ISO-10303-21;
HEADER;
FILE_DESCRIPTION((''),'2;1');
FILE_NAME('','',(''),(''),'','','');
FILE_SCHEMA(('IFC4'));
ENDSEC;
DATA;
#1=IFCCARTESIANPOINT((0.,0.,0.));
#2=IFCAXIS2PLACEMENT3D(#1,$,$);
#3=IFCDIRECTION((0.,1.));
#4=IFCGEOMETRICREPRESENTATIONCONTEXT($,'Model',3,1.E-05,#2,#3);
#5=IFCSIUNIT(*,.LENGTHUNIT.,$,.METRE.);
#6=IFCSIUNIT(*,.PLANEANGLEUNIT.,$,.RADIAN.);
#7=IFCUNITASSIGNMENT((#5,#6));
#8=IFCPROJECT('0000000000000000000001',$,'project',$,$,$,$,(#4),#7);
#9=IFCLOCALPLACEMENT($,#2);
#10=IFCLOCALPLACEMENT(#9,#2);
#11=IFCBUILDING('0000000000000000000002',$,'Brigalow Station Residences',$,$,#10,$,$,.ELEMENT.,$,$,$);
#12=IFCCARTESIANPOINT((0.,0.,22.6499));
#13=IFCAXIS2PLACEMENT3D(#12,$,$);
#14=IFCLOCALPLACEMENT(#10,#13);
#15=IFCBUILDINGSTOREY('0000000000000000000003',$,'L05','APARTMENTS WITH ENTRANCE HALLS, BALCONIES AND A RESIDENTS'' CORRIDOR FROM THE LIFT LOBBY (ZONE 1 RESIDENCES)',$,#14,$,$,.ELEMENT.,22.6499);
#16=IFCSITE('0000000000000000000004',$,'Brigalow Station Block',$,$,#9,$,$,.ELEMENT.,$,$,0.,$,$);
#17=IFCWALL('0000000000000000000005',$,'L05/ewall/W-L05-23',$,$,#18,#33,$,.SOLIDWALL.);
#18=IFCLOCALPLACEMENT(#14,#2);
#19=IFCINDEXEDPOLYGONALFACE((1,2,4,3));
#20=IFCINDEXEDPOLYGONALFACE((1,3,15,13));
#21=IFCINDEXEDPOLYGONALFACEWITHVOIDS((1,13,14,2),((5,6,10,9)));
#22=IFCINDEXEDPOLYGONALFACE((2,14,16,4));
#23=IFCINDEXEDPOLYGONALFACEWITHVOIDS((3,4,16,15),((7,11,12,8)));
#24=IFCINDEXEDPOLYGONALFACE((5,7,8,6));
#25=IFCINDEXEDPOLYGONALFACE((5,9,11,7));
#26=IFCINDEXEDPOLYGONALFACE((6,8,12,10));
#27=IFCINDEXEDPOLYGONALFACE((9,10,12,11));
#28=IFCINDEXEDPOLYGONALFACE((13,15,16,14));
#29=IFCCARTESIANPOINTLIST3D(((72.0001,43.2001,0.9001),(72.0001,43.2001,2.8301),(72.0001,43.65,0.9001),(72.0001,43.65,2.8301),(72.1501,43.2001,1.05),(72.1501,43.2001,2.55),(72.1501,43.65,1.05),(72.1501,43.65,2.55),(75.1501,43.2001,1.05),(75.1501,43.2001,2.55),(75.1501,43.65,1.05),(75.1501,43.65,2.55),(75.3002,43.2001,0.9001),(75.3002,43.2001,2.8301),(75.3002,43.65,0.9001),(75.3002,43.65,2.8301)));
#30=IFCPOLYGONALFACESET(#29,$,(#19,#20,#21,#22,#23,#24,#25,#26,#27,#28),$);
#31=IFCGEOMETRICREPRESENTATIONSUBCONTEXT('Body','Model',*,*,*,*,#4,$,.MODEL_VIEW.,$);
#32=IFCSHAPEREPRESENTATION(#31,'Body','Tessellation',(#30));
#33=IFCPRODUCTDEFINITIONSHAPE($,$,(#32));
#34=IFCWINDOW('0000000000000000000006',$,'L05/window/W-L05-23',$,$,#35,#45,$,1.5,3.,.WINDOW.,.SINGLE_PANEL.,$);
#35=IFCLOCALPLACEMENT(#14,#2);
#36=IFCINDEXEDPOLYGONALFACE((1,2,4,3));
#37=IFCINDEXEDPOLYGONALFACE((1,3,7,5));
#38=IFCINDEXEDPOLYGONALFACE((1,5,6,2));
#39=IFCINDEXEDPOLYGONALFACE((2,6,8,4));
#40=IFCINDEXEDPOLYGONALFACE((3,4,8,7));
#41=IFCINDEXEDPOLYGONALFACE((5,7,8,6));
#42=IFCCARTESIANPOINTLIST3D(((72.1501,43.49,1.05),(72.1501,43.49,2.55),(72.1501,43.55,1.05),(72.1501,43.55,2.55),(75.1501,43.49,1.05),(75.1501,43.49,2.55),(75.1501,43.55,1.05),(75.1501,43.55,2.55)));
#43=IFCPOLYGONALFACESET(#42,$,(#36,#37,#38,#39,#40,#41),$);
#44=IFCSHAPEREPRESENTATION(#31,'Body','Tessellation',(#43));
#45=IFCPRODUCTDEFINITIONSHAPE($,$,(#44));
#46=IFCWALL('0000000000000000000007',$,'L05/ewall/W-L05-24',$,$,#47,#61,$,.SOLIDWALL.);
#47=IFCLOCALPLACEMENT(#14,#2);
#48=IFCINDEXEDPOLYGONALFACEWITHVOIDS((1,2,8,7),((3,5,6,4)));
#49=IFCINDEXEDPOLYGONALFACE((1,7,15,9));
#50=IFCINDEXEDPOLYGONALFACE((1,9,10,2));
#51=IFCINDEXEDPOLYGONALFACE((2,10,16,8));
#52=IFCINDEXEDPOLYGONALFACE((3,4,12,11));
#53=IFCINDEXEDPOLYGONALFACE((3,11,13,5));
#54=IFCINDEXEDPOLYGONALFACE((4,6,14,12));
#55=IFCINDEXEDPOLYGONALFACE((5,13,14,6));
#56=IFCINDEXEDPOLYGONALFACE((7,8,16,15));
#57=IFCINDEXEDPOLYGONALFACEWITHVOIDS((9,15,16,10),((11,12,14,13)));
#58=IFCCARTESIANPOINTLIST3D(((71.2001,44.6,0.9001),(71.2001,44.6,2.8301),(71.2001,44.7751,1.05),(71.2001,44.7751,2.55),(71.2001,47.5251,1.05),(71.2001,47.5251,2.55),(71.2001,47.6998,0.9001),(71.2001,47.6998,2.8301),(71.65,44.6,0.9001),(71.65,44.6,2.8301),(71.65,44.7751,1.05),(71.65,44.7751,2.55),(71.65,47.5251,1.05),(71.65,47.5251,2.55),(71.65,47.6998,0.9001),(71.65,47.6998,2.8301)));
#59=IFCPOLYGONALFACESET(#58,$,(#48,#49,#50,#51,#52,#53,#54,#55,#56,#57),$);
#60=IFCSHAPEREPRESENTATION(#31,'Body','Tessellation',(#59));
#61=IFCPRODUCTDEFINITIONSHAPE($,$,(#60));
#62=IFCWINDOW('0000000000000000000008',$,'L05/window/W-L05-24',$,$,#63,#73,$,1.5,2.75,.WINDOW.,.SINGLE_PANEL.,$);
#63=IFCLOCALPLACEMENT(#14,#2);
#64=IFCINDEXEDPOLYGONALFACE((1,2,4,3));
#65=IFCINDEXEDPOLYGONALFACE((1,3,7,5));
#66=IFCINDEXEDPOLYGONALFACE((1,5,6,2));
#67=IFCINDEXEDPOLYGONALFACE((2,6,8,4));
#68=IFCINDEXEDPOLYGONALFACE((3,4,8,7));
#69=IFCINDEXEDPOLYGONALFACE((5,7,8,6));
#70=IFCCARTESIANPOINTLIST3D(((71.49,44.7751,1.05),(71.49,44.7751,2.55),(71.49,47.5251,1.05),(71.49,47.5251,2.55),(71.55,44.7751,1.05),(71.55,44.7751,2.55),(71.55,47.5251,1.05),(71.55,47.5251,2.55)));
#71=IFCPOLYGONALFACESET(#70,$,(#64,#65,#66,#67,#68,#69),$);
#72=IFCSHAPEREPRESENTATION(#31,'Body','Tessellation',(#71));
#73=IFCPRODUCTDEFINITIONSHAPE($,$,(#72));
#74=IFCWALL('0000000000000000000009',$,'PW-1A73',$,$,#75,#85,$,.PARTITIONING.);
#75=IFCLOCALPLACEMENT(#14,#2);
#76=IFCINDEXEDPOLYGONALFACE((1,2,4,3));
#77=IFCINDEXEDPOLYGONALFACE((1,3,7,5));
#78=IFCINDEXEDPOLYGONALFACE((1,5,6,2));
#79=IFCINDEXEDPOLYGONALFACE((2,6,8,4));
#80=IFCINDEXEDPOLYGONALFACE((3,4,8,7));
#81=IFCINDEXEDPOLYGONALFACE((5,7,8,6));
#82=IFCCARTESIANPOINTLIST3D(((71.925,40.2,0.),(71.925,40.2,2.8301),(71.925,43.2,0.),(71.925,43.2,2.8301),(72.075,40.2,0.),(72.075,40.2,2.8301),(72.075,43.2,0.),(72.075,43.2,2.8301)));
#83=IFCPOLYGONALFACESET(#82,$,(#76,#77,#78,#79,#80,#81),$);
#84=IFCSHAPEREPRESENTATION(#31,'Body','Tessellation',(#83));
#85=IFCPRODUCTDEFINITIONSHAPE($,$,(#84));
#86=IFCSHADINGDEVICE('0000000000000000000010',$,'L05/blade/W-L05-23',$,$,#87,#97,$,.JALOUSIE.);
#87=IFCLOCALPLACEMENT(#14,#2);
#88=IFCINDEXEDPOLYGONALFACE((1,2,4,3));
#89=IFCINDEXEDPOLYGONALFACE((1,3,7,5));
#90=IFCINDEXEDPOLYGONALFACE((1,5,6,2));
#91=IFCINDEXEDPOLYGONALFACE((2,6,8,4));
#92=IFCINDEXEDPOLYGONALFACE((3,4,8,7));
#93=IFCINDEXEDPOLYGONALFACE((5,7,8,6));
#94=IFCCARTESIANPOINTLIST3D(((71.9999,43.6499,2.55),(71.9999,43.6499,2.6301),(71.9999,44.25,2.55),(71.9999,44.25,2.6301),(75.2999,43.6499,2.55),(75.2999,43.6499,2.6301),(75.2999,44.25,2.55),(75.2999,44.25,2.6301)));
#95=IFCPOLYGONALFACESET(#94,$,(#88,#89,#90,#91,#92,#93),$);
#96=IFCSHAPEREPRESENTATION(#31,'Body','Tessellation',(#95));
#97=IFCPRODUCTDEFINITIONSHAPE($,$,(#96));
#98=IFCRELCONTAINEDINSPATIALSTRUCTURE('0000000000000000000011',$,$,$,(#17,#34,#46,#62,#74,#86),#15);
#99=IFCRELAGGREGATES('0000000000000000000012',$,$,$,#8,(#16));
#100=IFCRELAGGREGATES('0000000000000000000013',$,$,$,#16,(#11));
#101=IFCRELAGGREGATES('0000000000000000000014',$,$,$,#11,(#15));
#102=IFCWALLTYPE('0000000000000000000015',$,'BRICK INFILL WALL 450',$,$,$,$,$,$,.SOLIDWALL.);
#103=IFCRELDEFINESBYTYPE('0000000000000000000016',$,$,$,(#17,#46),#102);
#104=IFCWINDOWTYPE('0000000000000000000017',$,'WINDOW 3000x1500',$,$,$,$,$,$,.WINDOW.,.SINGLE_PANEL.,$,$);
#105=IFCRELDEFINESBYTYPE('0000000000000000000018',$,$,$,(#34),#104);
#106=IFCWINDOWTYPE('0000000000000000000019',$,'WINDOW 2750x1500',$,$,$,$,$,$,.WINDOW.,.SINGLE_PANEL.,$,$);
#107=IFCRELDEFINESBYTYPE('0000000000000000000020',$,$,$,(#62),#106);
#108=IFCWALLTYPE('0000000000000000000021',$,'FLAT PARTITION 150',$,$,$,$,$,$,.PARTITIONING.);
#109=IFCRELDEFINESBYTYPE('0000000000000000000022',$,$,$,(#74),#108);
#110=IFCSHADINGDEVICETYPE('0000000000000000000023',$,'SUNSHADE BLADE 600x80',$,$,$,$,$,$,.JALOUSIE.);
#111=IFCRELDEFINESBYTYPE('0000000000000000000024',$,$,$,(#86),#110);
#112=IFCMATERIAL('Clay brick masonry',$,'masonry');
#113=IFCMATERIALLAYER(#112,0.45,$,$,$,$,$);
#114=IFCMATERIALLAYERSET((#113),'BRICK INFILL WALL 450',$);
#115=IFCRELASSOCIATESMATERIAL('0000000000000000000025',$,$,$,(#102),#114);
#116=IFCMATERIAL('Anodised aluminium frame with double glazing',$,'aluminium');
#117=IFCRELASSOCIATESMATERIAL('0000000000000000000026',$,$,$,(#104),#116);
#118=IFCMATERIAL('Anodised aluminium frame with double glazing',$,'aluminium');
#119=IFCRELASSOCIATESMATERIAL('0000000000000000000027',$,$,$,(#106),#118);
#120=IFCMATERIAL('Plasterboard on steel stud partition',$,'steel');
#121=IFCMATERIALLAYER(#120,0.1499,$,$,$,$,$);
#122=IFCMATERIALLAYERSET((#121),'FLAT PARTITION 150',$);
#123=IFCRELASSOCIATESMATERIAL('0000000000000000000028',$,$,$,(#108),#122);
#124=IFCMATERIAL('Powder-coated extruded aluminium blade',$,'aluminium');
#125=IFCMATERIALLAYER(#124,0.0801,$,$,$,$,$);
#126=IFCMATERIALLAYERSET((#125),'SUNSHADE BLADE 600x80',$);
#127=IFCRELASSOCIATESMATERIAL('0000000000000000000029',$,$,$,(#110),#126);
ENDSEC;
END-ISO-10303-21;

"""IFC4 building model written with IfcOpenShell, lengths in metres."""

from ifc_helpers import new_model, si_unit, direction, frame, frame_2d, origin, origin_2d, place, context, subcontext, project, spatial, rectangle, extrude, material, layer, layer_set, type_object, element, fill, save


model = new_model("IFC4")

# Units and contexts
model_context = context("Model", 3, precision=1e-05, world=origin(), true_north=direction((0.0, 1.0)))
body_context = subcontext(model_context, "Body", "Model", "MODEL_VIEW")
ifc_project = project(units=[si_unit("LENGTHUNIT", "METRE"), si_unit("PLANEANGLEUNIT", "RADIAN")], contexts=[model_context])

# Site, building, storey
site_placement = place(None, origin())
site = spatial("IfcSite", under=ifc_project, at=site_placement, Name="Brigalow Station Block", CompositionType="ELEMENT", RefElevation=0.0)
building_placement = place(site_placement, origin())
building = spatial("IfcBuilding", under=site, at=building_placement, Name="Brigalow Station Residences", CompositionType="ELEMENT")
storey_placement = place(building_placement, frame((0.0, 0.0, 22.6499)))
storey = spatial("IfcBuildingStorey", under=building, at=storey_placement, Name="L05", Description="APARTMENTS WITH ENTRANCE HALLS, BALCONIES AND A RESIDENTS' CORRIDOR FROM THE LIFT LOBBY (ZONE 1 RESIDENCES)", CompositionType="ELEMENT", Elevation=22.6499)

# Walls, openings, windows
ifc_material_1 = material(Name="Clay brick masonry", Category="masonry")
ifc_layer_1 = layer(ifc_material_1, 0.45)
ifc_layer_set_1 = layer_set([ifc_layer_1], Name="BRICK INFILL WALL 450")
wall_type_1 = type_object("IfcWallType", Name="BRICK INFILL WALL 450", PredefinedType="SOLIDWALL", material=ifc_layer_set_1)
wall_1_placement = place(storey_placement, frame((75.3, 43.425, 0.9001), z_axis=(0.0, 0.0, 1.0), x_axis=(-1.0, 0.0, 0.0)))
wall_1 = element("IfcWall", 1, at=wall_1_placement, inside=storey, type_object=wall_type_1, Name="L05/ewall/W-L05-23", PredefinedType="SOLIDWALL", context=body_context, shape_type="SweptSolid", body=[
    extrude(rectangle(XDim=3.3, YDim=0.45, at=frame_2d((1.6499, 0.0))), origin(), (0.0, 0.0, 1.0), 1.9299),
])
opening_1_placement = place(wall_1_placement, frame((0.1499, 0.0, 0.1499)))
opening_1 = element("IfcOpeningElement", 2, at=opening_1_placement, cuts=wall_1, PredefinedType="OPENING", context=body_context, shape_type="SweptSolid", body=[
    extrude(rectangle(XDim=3.0, YDim=1.5, at=frame_2d((1.5, 0.75))), frame((0.0, 0.2349, 0.0), z_axis=(0.0, -1.0, 0.0), x_axis=(1.0, 0.0, 0.0)), (0.0, 0.0, 1.0), 0.47),
])
ifc_material_2 = material(Name="Anodised aluminium frame with double glazing", Category="aluminium")
window_type_1 = type_object("IfcWindowType", Name="WINDOW 3000x1500", PartitioningType="SINGLE_PANEL", PredefinedType="WINDOW", material=ifc_material_2)
window_1_placement = place(opening_1_placement, origin())
window_1 = element("IfcWindow", 3, at=window_1_placement, inside=storey, type_object=window_type_1, Name="L05/window/W-L05-23", OverallHeight=1.5, OverallWidth=3.0, PartitioningType="SINGLE_PANEL", PredefinedType="WINDOW", context=body_context, shape_type="SweptSolid", body=[
    extrude(rectangle(XDim=3.0, YDim=1.5, at=frame_2d((1.5, 0.75))), frame((0.0, -0.0649, 0.0), z_axis=(0.0, -1.0, 0.0), x_axis=(1.0, 0.0, 0.0)), (0.0, 0.0, 1.0), 0.0601),
])
fill(opening_1, window_1)
wall_2_placement = place(storey_placement, frame((71.425, 44.6001, 0.9001), z_axis=(0.0, 0.0, 1.0), x_axis=(0.0, 1.0, 0.0)))
wall_2 = element("IfcWall", 4, at=wall_2_placement, inside=storey, type_object=wall_type_1, Name="L05/ewall/W-L05-24", PredefinedType="SOLIDWALL", context=body_context, shape_type="SweptSolid", body=[
    extrude(rectangle(XDim=3.0999, YDim=0.45, at=frame_2d((1.5498, 0.0))), origin(), (0.0, 0.0, 1.0), 1.9299),
])
opening_2_placement = place(wall_2_placement, frame((0.175, 0.0, 0.1499)))
opening_2 = element("IfcOpeningElement", 5, at=opening_2_placement, cuts=wall_2, PredefinedType="OPENING", context=body_context, shape_type="SweptSolid", body=[
    extrude(rectangle(XDim=2.75, YDim=1.5, at=frame_2d((1.375, 0.75))), frame((0.0, 0.2349, 0.0), z_axis=(0.0, -1.0, 0.0), x_axis=(1.0, 0.0, 0.0)), (0.0, 0.0, 1.0), 0.47),
])
ifc_material_3 = material(Name="Anodised aluminium frame with double glazing", Category="aluminium")
window_type_2 = type_object("IfcWindowType", Name="WINDOW 2750x1500", PartitioningType="SINGLE_PANEL", PredefinedType="WINDOW", material=ifc_material_3)
window_2_placement = place(opening_2_placement, origin())
window_2 = element("IfcWindow", 6, at=window_2_placement, inside=storey, type_object=window_type_2, Name="L05/window/W-L05-24", OverallHeight=1.5, OverallWidth=2.75, PartitioningType="SINGLE_PANEL", PredefinedType="WINDOW", context=body_context, shape_type="SweptSolid", body=[
    extrude(rectangle(XDim=2.75, YDim=1.5, at=frame_2d((1.375, 0.75))), frame((0.0, -0.0649, 0.0), z_axis=(0.0, -1.0, 0.0), x_axis=(1.0, 0.0, 0.0)), (0.0, 0.0, 1.0), 0.0601),
])
fill(opening_2, window_2)

# Wall
ifc_material_4 = material(Name="Plasterboard on steel stud partition", Category="steel")
ifc_layer_2 = layer(ifc_material_4, 0.1499)
ifc_layer_set_2 = layer_set([ifc_layer_2], Name="FLAT PARTITION 150")
wall_type_2 = type_object("IfcWallType", Name="FLAT PARTITION 150", PredefinedType="PARTITIONING", material=ifc_layer_set_2)
wall_3_placement = place(storey_placement, frame((72.0, 40.2, 0.0), z_axis=(0.0, 0.0, 1.0), x_axis=(0.0, 1.0, 0.0)))
element("IfcWall", 7, at=wall_3_placement, inside=storey, type_object=wall_type_2, Name="PW-1A73", PredefinedType="PARTITIONING", context=body_context, shape_type="SweptSolid", body=[
    extrude(rectangle(XDim=3.0, YDim=0.1499, at=frame_2d((1.5, 0.0))), origin(), (0.0, 0.0, 1.0), 2.8301),
])

# Shading device
ifc_material_5 = material(Name="Powder-coated extruded aluminium blade", Category="aluminium")
ifc_layer_3 = layer(ifc_material_5, 0.0801)
ifc_layer_set_3 = layer_set([ifc_layer_3], Name="SUNSHADE BLADE 600x80")
shading_device_type = type_object("IfcShadingDeviceType", Name="SUNSHADE BLADE 600x80", PredefinedType="JALOUSIE", material=ifc_layer_set_3)
shading_device_placement = place(storey_placement, frame((73.6499, 43.95, 2.55), z_axis=(0.0, 0.0, 1.0), x_axis=(-1.0, 0.0, 0.0)))
element("IfcShadingDevice", 8, at=shading_device_placement, inside=storey, type_object=shading_device_type, Name="L05/blade/W-L05-23", PredefinedType="JALOUSIE", context=body_context, shape_type="SweptSolid", body=[
    extrude(rectangle(XDim=3.3, YDim=0.6001, at=origin_2d()), origin(), (0.0, 0.0, 1.0), 0.0801),
])

save(model, "model.ifc")
